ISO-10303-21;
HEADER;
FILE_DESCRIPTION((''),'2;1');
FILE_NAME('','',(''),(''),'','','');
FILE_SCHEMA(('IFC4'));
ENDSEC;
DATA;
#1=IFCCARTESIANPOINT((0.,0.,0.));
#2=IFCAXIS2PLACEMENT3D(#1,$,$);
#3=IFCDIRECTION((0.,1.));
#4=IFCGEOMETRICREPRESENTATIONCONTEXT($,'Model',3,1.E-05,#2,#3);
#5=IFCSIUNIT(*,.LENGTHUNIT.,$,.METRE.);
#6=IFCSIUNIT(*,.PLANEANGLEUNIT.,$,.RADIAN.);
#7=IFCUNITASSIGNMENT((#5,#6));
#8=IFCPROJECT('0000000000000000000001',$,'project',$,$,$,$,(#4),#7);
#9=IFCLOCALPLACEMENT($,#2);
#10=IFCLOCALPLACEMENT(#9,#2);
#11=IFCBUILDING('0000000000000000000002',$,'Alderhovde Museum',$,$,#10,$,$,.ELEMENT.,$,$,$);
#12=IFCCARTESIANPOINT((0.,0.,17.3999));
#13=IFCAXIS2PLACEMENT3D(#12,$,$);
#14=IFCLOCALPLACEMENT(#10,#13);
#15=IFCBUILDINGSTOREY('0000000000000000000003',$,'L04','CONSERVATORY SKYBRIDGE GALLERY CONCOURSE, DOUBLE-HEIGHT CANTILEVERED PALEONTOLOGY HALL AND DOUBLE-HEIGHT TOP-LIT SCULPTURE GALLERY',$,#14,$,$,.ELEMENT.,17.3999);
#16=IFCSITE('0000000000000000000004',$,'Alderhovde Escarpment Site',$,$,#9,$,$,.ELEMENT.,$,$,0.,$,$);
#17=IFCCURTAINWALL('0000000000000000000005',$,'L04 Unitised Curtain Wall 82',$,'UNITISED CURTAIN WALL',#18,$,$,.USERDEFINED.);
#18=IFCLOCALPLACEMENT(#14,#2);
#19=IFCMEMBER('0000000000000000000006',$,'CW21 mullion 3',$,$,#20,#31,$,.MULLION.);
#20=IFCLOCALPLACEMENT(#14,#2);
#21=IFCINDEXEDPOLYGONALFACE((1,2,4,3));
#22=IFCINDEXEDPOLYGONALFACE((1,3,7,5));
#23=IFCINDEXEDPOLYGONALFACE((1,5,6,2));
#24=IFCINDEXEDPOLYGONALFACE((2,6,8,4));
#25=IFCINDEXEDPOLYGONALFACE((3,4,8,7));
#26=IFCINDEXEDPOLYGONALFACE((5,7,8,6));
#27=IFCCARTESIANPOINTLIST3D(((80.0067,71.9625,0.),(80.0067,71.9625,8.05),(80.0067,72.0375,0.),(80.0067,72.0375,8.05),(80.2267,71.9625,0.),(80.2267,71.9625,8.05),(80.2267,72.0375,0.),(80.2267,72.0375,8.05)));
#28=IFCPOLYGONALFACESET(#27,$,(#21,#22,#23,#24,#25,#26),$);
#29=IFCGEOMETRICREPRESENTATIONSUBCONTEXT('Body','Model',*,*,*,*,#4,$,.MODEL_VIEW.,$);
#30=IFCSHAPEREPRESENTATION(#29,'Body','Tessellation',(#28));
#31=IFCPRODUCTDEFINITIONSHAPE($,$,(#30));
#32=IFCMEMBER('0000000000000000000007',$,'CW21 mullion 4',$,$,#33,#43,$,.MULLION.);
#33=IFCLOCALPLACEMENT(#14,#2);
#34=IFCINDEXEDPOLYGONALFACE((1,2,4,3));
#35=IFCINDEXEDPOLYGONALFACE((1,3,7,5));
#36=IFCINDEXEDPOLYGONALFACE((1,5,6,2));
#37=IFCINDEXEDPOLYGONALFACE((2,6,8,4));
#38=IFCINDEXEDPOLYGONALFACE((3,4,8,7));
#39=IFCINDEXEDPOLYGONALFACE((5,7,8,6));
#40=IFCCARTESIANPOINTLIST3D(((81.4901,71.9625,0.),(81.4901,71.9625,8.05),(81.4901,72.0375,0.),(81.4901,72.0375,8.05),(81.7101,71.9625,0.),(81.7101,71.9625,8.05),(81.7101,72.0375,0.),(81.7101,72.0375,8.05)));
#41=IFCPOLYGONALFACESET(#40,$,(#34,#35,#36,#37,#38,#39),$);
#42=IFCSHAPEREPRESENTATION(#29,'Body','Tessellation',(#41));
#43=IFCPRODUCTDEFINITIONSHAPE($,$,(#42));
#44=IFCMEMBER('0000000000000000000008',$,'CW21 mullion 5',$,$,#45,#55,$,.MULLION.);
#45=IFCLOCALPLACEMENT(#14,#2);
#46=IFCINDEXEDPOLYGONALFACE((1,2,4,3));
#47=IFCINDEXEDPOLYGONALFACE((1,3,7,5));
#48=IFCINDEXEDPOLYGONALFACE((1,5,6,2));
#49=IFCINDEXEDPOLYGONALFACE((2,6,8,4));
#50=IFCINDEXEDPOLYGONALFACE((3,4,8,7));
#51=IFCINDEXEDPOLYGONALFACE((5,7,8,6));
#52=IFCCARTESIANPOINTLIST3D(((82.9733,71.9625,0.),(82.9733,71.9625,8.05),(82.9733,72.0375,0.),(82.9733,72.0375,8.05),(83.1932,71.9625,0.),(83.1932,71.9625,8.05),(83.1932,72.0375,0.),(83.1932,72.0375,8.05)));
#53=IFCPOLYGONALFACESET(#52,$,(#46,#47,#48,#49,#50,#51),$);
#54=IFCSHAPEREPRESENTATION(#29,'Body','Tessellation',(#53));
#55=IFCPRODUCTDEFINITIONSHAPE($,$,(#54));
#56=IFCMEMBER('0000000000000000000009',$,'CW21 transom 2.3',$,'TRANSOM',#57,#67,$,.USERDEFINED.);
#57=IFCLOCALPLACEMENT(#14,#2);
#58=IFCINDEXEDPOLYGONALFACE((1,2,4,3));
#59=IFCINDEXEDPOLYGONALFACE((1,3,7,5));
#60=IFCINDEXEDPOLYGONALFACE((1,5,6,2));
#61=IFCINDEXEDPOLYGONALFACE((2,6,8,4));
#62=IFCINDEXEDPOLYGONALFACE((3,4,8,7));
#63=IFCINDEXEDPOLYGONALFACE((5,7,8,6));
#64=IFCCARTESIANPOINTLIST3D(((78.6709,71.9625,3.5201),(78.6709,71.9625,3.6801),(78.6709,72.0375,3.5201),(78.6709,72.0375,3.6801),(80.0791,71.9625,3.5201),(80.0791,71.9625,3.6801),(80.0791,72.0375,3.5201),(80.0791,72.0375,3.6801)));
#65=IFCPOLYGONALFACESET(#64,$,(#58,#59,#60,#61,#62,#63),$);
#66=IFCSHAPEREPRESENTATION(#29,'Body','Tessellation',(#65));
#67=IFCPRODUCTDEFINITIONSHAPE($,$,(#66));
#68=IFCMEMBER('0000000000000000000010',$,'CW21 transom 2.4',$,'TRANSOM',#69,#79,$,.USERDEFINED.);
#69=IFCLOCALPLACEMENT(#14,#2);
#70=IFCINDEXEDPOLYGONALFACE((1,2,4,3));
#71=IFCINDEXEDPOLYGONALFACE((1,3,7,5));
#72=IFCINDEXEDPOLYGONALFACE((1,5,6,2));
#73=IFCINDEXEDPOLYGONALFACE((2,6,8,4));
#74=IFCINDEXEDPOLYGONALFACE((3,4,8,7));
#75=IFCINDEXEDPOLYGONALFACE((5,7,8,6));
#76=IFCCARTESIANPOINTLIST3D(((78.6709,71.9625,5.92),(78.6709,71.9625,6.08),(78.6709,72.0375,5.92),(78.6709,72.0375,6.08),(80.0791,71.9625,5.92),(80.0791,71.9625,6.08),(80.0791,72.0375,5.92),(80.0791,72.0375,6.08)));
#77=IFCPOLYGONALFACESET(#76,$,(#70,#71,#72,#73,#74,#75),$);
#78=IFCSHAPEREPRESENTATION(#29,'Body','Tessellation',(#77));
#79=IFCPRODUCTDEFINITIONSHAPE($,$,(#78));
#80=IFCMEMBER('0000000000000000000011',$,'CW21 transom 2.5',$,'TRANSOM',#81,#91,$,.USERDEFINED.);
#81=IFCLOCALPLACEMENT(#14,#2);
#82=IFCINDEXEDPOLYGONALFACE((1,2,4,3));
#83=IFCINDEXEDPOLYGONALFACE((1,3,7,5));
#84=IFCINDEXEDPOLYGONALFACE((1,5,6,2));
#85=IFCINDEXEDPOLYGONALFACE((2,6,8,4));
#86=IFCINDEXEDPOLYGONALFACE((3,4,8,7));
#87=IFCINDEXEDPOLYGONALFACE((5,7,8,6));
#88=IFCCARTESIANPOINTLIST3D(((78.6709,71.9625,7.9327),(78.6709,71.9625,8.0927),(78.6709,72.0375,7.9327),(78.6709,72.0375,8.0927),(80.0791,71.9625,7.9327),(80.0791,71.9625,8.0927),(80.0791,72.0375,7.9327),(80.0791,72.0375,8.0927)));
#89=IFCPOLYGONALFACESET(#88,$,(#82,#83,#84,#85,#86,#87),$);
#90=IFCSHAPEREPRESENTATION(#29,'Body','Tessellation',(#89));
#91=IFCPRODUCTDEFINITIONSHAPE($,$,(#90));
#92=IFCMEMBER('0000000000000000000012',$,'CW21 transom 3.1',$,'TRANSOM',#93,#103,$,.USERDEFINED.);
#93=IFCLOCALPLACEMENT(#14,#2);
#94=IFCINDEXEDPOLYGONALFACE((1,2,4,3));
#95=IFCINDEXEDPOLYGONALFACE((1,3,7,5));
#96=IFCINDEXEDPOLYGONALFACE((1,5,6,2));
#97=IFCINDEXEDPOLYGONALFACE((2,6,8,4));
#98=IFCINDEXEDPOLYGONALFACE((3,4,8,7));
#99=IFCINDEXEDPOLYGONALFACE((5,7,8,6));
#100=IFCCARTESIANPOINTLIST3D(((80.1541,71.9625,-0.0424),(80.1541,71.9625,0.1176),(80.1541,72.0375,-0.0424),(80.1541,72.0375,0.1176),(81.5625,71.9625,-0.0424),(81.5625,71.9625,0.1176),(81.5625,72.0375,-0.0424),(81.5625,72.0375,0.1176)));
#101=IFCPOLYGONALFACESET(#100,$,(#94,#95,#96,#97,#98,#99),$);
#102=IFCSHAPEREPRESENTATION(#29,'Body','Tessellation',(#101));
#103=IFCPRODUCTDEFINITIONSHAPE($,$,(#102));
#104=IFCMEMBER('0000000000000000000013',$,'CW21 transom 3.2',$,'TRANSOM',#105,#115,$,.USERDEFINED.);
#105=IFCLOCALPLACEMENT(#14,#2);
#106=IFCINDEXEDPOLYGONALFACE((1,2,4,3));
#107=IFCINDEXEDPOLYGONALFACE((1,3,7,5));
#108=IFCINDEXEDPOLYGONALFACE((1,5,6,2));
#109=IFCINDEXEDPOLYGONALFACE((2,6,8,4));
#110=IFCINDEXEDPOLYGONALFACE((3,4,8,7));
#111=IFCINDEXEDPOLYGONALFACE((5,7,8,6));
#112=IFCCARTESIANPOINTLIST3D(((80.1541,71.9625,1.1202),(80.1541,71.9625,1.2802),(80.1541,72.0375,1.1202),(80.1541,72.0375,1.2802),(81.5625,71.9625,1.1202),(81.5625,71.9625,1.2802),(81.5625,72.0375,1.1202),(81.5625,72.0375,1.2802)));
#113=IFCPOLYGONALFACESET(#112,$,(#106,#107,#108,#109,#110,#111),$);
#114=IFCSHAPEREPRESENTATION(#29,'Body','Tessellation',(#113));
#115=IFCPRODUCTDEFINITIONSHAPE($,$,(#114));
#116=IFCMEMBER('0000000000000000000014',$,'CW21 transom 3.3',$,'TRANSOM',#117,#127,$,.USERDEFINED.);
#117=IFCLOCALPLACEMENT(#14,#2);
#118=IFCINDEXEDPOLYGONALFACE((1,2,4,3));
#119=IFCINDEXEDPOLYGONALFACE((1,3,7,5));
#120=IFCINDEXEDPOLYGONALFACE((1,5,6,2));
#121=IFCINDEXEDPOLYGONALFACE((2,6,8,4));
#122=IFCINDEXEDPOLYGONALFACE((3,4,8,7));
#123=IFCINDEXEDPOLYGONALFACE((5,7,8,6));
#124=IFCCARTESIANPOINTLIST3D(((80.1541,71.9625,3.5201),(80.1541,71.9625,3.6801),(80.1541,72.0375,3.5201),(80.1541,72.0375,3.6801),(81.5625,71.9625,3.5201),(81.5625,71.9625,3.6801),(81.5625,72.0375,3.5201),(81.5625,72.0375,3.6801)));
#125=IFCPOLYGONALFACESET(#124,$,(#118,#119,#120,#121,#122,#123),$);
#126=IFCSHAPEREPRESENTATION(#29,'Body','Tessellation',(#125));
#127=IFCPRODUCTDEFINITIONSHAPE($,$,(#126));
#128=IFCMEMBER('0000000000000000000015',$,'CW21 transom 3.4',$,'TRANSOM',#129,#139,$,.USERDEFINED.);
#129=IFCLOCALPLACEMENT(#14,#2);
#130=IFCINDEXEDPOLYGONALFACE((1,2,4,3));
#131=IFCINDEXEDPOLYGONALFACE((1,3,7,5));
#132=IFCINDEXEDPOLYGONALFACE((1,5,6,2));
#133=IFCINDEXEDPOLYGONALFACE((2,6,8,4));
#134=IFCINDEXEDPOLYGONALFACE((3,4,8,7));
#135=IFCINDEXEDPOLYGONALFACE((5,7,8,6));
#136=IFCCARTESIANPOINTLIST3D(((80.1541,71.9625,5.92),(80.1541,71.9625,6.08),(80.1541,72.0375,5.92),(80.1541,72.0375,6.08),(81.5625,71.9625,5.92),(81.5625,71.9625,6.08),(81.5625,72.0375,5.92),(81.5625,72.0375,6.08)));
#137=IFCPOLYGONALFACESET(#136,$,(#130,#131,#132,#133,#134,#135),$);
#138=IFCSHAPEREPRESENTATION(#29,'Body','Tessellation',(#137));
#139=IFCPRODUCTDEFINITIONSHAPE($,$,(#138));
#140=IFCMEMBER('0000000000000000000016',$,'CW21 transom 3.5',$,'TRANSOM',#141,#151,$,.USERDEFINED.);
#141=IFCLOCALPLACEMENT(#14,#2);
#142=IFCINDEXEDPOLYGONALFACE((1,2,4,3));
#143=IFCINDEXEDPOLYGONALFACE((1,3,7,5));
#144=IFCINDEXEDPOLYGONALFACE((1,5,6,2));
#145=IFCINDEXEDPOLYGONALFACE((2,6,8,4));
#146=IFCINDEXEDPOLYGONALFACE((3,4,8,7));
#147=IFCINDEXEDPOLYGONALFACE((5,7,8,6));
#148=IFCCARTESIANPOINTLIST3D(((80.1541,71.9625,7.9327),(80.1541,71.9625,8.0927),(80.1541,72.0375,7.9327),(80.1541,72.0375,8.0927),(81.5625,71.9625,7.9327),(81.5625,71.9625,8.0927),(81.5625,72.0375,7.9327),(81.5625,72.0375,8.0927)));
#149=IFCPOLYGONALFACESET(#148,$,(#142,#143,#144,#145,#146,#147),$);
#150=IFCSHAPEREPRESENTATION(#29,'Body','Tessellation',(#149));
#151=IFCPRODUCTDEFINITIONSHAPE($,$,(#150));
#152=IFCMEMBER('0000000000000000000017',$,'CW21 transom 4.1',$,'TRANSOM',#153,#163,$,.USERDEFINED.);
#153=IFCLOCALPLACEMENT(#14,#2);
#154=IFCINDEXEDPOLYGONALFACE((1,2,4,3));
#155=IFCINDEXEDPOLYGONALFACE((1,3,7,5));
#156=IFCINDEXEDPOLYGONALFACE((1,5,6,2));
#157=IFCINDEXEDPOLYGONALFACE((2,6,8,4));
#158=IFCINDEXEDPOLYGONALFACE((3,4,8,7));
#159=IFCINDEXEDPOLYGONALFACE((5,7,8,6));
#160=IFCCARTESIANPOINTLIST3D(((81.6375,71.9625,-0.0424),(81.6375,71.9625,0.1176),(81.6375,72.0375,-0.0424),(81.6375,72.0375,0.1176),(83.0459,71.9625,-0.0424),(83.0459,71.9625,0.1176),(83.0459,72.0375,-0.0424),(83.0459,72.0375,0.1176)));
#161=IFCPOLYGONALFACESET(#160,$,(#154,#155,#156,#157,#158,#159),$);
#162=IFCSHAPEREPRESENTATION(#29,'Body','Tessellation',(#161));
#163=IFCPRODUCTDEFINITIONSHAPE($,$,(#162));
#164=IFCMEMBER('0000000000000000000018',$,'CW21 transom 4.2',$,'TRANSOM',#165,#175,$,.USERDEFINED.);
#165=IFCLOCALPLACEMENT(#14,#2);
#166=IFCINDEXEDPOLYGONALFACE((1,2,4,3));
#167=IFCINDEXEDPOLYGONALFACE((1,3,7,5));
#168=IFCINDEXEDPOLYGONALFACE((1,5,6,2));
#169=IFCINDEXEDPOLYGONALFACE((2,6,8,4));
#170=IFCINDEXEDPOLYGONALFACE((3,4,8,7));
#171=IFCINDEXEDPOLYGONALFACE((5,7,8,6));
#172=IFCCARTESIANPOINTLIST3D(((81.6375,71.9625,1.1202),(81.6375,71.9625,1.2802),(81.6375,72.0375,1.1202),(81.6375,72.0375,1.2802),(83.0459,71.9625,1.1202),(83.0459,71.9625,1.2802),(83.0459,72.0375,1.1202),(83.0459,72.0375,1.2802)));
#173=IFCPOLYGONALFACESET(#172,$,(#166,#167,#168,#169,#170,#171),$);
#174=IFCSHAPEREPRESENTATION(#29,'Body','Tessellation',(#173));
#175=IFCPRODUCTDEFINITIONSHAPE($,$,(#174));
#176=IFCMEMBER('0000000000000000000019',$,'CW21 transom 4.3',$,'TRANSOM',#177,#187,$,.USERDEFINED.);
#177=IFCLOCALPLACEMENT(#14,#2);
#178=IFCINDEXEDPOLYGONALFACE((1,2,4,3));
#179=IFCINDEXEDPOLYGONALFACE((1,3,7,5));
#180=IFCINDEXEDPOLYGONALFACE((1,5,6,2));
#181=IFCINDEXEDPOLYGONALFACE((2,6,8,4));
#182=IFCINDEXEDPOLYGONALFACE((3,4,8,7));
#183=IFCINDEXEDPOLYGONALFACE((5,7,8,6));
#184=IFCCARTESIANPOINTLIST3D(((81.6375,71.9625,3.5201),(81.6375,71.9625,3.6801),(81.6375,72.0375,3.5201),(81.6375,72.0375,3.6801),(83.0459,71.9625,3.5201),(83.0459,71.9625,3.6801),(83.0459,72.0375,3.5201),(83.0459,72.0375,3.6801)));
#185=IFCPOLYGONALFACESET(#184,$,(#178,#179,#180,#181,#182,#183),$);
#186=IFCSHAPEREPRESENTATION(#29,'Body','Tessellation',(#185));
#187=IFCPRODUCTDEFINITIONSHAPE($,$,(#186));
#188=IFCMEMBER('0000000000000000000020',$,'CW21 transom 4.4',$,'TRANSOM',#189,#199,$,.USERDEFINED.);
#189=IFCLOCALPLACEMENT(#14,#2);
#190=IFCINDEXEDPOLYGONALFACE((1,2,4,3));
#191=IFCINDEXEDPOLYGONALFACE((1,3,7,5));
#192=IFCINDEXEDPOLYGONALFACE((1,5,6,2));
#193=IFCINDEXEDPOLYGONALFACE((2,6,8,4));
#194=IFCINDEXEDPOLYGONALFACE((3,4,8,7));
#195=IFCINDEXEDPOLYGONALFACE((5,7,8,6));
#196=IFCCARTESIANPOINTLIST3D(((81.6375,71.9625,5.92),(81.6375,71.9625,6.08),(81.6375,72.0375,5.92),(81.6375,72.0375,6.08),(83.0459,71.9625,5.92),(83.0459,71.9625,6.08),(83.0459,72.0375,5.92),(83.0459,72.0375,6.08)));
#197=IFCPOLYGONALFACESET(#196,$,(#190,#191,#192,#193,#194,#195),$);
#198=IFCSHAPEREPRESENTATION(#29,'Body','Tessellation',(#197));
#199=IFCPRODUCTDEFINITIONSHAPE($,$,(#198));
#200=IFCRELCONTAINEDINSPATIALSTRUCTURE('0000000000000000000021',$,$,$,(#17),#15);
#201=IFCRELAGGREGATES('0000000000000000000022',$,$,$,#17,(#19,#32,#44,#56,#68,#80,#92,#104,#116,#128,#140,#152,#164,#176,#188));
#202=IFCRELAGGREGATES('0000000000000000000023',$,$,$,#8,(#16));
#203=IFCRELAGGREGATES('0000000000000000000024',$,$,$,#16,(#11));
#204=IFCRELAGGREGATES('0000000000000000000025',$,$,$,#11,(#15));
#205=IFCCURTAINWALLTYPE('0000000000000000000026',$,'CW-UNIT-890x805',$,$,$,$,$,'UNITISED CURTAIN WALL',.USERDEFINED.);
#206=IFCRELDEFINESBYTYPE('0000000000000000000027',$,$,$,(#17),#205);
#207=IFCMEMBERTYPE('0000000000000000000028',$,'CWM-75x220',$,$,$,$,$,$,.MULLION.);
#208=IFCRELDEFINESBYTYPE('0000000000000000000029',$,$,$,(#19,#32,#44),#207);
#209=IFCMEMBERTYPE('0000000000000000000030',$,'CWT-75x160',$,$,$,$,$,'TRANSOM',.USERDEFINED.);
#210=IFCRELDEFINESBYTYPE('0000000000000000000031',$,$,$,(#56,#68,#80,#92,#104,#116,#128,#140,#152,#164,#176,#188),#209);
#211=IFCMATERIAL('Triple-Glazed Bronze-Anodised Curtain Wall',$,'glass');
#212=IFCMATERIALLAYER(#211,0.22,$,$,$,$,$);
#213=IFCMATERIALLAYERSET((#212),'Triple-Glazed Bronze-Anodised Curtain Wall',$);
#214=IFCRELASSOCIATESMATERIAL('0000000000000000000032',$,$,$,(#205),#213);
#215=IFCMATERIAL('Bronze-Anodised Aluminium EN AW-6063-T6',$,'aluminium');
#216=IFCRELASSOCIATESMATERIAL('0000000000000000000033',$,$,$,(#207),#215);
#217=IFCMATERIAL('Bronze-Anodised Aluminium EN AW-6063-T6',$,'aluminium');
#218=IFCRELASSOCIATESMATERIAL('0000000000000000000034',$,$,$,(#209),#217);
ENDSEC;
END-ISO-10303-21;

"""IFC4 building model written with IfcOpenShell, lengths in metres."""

from ifc_helpers import new_model, si_unit, direction, frame, origin, origin_2d, place, context, subcontext, project, spatial, rectangle, extrude, material, layer, layer_set, material_profile, profile_set, type_object, element, aggregate, save


model = new_model("IFC4")

# Units and contexts
model_context = context("Model", 3, precision=1e-05, world=origin(), true_north=direction((0.0, 1.0)))
body_context = subcontext(model_context, "Body", "Model", "MODEL_VIEW")
ifc_project = project(units=[si_unit("LENGTHUNIT", "METRE"), si_unit("PLANEANGLEUNIT", "RADIAN")], contexts=[model_context])

# Site, building, storey
site_placement = place(None, origin())
site = spatial("IfcSite", under=ifc_project, at=site_placement, Name="Alderhovde Escarpment Site", CompositionType="ELEMENT", RefElevation=0.0)
building_placement = place(site_placement, origin())
building = spatial("IfcBuilding", under=site, at=building_placement, Name="Alderhovde Museum", CompositionType="ELEMENT")
storey_placement = place(building_placement, frame((0.0, 0.0, 17.3999)))
storey = spatial("IfcBuildingStorey", under=building, at=storey_placement, Name="L04", Description="CONSERVATORY SKYBRIDGE GALLERY CONCOURSE, DOUBLE-HEIGHT CANTILEVERED PALEONTOLOGY HALL AND DOUBLE-HEIGHT TOP-LIT SCULPTURE GALLERY", CompositionType="ELEMENT", Elevation=17.3999)

# Curtain wall, members
ifc_material_1 = material(Name="Triple-Glazed Bronze-Anodised Curtain Wall", Category="glass")
ifc_layer_1 = layer(ifc_material_1, 0.22)
ifc_layer_set_1 = layer_set([ifc_layer_1], Name="Triple-Glazed Bronze-Anodised Curtain Wall")
curtain_wall_type = type_object("IfcCurtainWallType", Name="CW-UNIT-890x805", ElementType="UNITISED CURTAIN WALL", PredefinedType="USERDEFINED", material=ifc_layer_set_1)
curtain_wall_placement = place(storey_placement, origin())
curtain_wall = element("IfcCurtainWall", 1, at=curtain_wall_placement, inside=storey, type_object=curtain_wall_type, Name="L04 Unitised Curtain Wall 82", ObjectType="UNITISED CURTAIN WALL", PredefinedType="USERDEFINED")
ifc_material_2 = material(Name="Bronze-Anodised Aluminium EN AW-6063-T6", Category="aluminium")
ifc_material_profile_1 = material_profile(ifc_material_2, rectangle(XDim=0.075, YDim=0.22, at=origin_2d()), Name="MULLION 75x220")
ifc_profile_set_1 = profile_set([ifc_material_profile_1], Name="Bronze-Anodised Aluminium EN AW-6063-T6")
member_type_1 = type_object("IfcMemberType", Name="CWM-75x220", PredefinedType="MULLION", material=ifc_profile_set_1)
member_1_placement = place(storey_placement, frame((80.1167, 72.0, 0.0), z_axis=(0.0, 0.0, 1.0), x_axis=(0.0, 1.0, 0.0)))
member_1 = element("IfcMember", 2, at=member_1_placement, type_object=member_type_1, Name="CW21 mullion 3", PredefinedType="MULLION", context=body_context, shape_type="SweptSolid", body=[
    extrude(rectangle(XDim=0.075, YDim=0.22, at=origin_2d()), origin(), (0.0, 0.0, 1.0), 8.05),
])
member_2_placement = place(storey_placement, frame((81.6001, 72.0, 0.0), z_axis=(0.0, 0.0, 1.0), x_axis=(0.0, 1.0, 0.0)))
member_2 = element("IfcMember", 3, at=member_2_placement, type_object=member_type_1, Name="CW21 mullion 4", PredefinedType="MULLION", context=body_context, shape_type="SweptSolid", body=[
    extrude(rectangle(XDim=0.075, YDim=0.22, at=origin_2d()), origin(), (0.0, 0.0, 1.0), 8.05),
])
member_3_placement = place(storey_placement, frame((83.0833, 72.0, 0.0), z_axis=(0.0, 0.0, 1.0), x_axis=(0.0, 1.0, 0.0)))
member_3 = element("IfcMember", 4, at=member_3_placement, type_object=member_type_1, Name="CW21 mullion 5", PredefinedType="MULLION", context=body_context, shape_type="SweptSolid", body=[
    extrude(rectangle(XDim=0.075, YDim=0.22, at=origin_2d()), origin(), (0.0, 0.0, 1.0), 8.05),
])
ifc_material_3 = material(Name="Bronze-Anodised Aluminium EN AW-6063-T6", Category="aluminium")
ifc_material_profile_2 = material_profile(ifc_material_3, rectangle(XDim=0.075, YDim=0.1599, at=origin_2d()), Name="TRANSOM 75x160")
ifc_profile_set_2 = profile_set([ifc_material_profile_2], Name="Bronze-Anodised Aluminium EN AW-6063-T6")
member_type_2 = type_object("IfcMemberType", Name="CWT-75x160", ElementType="TRANSOM", PredefinedType="USERDEFINED", material=ifc_profile_set_2)
member_4_placement = place(storey_placement, frame((78.6709, 72.0, 3.6001), z_axis=(1.0, 0.0, 0.0), x_axis=(0.0, 1.0, 0.0)))
member_4 = element("IfcMember", 5, at=member_4_placement, type_object=member_type_2, Name="CW21 transom 2.3", ObjectType="TRANSOM", PredefinedType="USERDEFINED", context=body_context, shape_type="SweptSolid", body=[
    extrude(rectangle(XDim=0.075, YDim=0.1599, at=origin_2d()), origin(), (0.0, 0.0, 1.0), 1.4082),
])
member_5_placement = place(storey_placement, frame((78.6709, 72.0, 6.0), z_axis=(1.0, 0.0, 0.0), x_axis=(0.0, 1.0, 0.0)))
member_5 = element("IfcMember", 6, at=member_5_placement, type_object=member_type_2, Name="CW21 transom 2.4", ObjectType="TRANSOM", PredefinedType="USERDEFINED", context=body_context, shape_type="SweptSolid", body=[
    extrude(rectangle(XDim=0.075, YDim=0.1599, at=origin_2d()), origin(), (0.0, 0.0, 1.0), 1.4082),
])
member_6_placement = place(storey_placement, frame((78.6709, 72.0, 8.0127), z_axis=(1.0, 0.0, 0.0), x_axis=(0.0, 1.0, 0.0)))
member_6 = element("IfcMember", 7, at=member_6_placement, type_object=member_type_2, Name="CW21 transom 2.5", ObjectType="TRANSOM", PredefinedType="USERDEFINED", context=body_context, shape_type="SweptSolid", body=[
    extrude(rectangle(XDim=0.075, YDim=0.1599, at=origin_2d()), origin(), (0.0, 0.0, 1.0), 1.4082),
])
member_7_placement = place(storey_placement, frame((80.1541, 72.0, 0.0376), z_axis=(1.0, 0.0, 0.0), x_axis=(0.0, 1.0, 0.0)))
member_7 = element("IfcMember", 8, at=member_7_placement, type_object=member_type_2, Name="CW21 transom 3.1", ObjectType="TRANSOM", PredefinedType="USERDEFINED", context=body_context, shape_type="SweptSolid", body=[
    extrude(rectangle(XDim=0.075, YDim=0.1599, at=origin_2d()), origin(), (0.0, 0.0, 1.0), 1.4084),
])
member_8_placement = place(storey_placement, frame((80.1541, 72.0, 1.2002), z_axis=(1.0, 0.0, 0.0), x_axis=(0.0, 1.0, 0.0)))
member_8 = element("IfcMember", 9, at=member_8_placement, type_object=member_type_2, Name="CW21 transom 3.2", ObjectType="TRANSOM", PredefinedType="USERDEFINED", context=body_context, shape_type="SweptSolid", body=[
    extrude(rectangle(XDim=0.075, YDim=0.1599, at=origin_2d()), origin(), (0.0, 0.0, 1.0), 1.4084),
])
member_9_placement = place(storey_placement, frame((80.1541, 72.0, 3.6001), z_axis=(1.0, 0.0, 0.0), x_axis=(0.0, 1.0, 0.0)))
member_9 = element("IfcMember", 10, at=member_9_placement, type_object=member_type_2, Name="CW21 transom 3.3", ObjectType="TRANSOM", PredefinedType="USERDEFINED", context=body_context, shape_type="SweptSolid", body=[
    extrude(rectangle(XDim=0.075, YDim=0.1599, at=origin_2d()), origin(), (0.0, 0.0, 1.0), 1.4084),
])
member_10_placement = place(storey_placement, frame((80.1541, 72.0, 6.0), z_axis=(1.0, 0.0, 0.0), x_axis=(0.0, 1.0, 0.0)))
member_10 = element("IfcMember", 11, at=member_10_placement, type_object=member_type_2, Name="CW21 transom 3.4", ObjectType="TRANSOM", PredefinedType="USERDEFINED", context=body_context, shape_type="SweptSolid", body=[
    extrude(rectangle(XDim=0.075, YDim=0.1599, at=origin_2d()), origin(), (0.0, 0.0, 1.0), 1.4084),
])
member_11_placement = place(storey_placement, frame((80.1541, 72.0, 8.0127), z_axis=(1.0, 0.0, 0.0), x_axis=(0.0, 1.0, 0.0)))
member_11 = element("IfcMember", 12, at=member_11_placement, type_object=member_type_2, Name="CW21 transom 3.5", ObjectType="TRANSOM", PredefinedType="USERDEFINED", context=body_context, shape_type="SweptSolid", body=[
    extrude(rectangle(XDim=0.075, YDim=0.1599, at=origin_2d()), origin(), (0.0, 0.0, 1.0), 1.4084),
])
member_12_placement = place(storey_placement, frame((81.6375, 72.0, 0.0376), z_axis=(1.0, 0.0, 0.0), x_axis=(0.0, 1.0, 0.0)))
member_12 = element("IfcMember", 13, at=member_12_placement, type_object=member_type_2, Name="CW21 transom 4.1", ObjectType="TRANSOM", PredefinedType="USERDEFINED", context=body_context, shape_type="SweptSolid", body=[
    extrude(rectangle(XDim=0.075, YDim=0.1599, at=origin_2d()), origin(), (0.0, 0.0, 1.0), 1.4084),
])
member_13_placement = place(storey_placement, frame((81.6375, 72.0, 1.2002), z_axis=(1.0, 0.0, 0.0), x_axis=(0.0, 1.0, 0.0)))
member_13 = element("IfcMember", 14, at=member_13_placement, type_object=member_type_2, Name="CW21 transom 4.2", ObjectType="TRANSOM", PredefinedType="USERDEFINED", context=body_context, shape_type="SweptSolid", body=[
    extrude(rectangle(XDim=0.075, YDim=0.1599, at=origin_2d()), origin(), (0.0, 0.0, 1.0), 1.4084),
])
member_14_placement = place(storey_placement, frame((81.6375, 72.0, 3.6001), z_axis=(1.0, 0.0, 0.0), x_axis=(0.0, 1.0, 0.0)))
member_14 = element("IfcMember", 15, at=member_14_placement, type_object=member_type_2, Name="CW21 transom 4.3", ObjectType="TRANSOM", PredefinedType="USERDEFINED", context=body_context, shape_type="SweptSolid", body=[
    extrude(rectangle(XDim=0.075, YDim=0.1599, at=origin_2d()), origin(), (0.0, 0.0, 1.0), 1.4084),
])
member_15_placement = place(storey_placement, frame((81.6375, 72.0, 6.0), z_axis=(1.0, 0.0, 0.0), x_axis=(0.0, 1.0, 0.0)))
member_15 = element("IfcMember", 16, at=member_15_placement, type_object=member_type_2, Name="CW21 transom 4.4", ObjectType="TRANSOM", PredefinedType="USERDEFINED", context=body_context, shape_type="SweptSolid", body=[
    extrude(rectangle(XDim=0.075, YDim=0.1599, at=origin_2d()), origin(), (0.0, 0.0, 1.0), 1.4084),
])
aggregate(curtain_wall, [member_1, member_2, member_3, member_4, member_5, member_6, member_7, member_8, member_9, member_10, member_11, member_12, member_13, member_14, member_15])

save(model, "model.ifc")
